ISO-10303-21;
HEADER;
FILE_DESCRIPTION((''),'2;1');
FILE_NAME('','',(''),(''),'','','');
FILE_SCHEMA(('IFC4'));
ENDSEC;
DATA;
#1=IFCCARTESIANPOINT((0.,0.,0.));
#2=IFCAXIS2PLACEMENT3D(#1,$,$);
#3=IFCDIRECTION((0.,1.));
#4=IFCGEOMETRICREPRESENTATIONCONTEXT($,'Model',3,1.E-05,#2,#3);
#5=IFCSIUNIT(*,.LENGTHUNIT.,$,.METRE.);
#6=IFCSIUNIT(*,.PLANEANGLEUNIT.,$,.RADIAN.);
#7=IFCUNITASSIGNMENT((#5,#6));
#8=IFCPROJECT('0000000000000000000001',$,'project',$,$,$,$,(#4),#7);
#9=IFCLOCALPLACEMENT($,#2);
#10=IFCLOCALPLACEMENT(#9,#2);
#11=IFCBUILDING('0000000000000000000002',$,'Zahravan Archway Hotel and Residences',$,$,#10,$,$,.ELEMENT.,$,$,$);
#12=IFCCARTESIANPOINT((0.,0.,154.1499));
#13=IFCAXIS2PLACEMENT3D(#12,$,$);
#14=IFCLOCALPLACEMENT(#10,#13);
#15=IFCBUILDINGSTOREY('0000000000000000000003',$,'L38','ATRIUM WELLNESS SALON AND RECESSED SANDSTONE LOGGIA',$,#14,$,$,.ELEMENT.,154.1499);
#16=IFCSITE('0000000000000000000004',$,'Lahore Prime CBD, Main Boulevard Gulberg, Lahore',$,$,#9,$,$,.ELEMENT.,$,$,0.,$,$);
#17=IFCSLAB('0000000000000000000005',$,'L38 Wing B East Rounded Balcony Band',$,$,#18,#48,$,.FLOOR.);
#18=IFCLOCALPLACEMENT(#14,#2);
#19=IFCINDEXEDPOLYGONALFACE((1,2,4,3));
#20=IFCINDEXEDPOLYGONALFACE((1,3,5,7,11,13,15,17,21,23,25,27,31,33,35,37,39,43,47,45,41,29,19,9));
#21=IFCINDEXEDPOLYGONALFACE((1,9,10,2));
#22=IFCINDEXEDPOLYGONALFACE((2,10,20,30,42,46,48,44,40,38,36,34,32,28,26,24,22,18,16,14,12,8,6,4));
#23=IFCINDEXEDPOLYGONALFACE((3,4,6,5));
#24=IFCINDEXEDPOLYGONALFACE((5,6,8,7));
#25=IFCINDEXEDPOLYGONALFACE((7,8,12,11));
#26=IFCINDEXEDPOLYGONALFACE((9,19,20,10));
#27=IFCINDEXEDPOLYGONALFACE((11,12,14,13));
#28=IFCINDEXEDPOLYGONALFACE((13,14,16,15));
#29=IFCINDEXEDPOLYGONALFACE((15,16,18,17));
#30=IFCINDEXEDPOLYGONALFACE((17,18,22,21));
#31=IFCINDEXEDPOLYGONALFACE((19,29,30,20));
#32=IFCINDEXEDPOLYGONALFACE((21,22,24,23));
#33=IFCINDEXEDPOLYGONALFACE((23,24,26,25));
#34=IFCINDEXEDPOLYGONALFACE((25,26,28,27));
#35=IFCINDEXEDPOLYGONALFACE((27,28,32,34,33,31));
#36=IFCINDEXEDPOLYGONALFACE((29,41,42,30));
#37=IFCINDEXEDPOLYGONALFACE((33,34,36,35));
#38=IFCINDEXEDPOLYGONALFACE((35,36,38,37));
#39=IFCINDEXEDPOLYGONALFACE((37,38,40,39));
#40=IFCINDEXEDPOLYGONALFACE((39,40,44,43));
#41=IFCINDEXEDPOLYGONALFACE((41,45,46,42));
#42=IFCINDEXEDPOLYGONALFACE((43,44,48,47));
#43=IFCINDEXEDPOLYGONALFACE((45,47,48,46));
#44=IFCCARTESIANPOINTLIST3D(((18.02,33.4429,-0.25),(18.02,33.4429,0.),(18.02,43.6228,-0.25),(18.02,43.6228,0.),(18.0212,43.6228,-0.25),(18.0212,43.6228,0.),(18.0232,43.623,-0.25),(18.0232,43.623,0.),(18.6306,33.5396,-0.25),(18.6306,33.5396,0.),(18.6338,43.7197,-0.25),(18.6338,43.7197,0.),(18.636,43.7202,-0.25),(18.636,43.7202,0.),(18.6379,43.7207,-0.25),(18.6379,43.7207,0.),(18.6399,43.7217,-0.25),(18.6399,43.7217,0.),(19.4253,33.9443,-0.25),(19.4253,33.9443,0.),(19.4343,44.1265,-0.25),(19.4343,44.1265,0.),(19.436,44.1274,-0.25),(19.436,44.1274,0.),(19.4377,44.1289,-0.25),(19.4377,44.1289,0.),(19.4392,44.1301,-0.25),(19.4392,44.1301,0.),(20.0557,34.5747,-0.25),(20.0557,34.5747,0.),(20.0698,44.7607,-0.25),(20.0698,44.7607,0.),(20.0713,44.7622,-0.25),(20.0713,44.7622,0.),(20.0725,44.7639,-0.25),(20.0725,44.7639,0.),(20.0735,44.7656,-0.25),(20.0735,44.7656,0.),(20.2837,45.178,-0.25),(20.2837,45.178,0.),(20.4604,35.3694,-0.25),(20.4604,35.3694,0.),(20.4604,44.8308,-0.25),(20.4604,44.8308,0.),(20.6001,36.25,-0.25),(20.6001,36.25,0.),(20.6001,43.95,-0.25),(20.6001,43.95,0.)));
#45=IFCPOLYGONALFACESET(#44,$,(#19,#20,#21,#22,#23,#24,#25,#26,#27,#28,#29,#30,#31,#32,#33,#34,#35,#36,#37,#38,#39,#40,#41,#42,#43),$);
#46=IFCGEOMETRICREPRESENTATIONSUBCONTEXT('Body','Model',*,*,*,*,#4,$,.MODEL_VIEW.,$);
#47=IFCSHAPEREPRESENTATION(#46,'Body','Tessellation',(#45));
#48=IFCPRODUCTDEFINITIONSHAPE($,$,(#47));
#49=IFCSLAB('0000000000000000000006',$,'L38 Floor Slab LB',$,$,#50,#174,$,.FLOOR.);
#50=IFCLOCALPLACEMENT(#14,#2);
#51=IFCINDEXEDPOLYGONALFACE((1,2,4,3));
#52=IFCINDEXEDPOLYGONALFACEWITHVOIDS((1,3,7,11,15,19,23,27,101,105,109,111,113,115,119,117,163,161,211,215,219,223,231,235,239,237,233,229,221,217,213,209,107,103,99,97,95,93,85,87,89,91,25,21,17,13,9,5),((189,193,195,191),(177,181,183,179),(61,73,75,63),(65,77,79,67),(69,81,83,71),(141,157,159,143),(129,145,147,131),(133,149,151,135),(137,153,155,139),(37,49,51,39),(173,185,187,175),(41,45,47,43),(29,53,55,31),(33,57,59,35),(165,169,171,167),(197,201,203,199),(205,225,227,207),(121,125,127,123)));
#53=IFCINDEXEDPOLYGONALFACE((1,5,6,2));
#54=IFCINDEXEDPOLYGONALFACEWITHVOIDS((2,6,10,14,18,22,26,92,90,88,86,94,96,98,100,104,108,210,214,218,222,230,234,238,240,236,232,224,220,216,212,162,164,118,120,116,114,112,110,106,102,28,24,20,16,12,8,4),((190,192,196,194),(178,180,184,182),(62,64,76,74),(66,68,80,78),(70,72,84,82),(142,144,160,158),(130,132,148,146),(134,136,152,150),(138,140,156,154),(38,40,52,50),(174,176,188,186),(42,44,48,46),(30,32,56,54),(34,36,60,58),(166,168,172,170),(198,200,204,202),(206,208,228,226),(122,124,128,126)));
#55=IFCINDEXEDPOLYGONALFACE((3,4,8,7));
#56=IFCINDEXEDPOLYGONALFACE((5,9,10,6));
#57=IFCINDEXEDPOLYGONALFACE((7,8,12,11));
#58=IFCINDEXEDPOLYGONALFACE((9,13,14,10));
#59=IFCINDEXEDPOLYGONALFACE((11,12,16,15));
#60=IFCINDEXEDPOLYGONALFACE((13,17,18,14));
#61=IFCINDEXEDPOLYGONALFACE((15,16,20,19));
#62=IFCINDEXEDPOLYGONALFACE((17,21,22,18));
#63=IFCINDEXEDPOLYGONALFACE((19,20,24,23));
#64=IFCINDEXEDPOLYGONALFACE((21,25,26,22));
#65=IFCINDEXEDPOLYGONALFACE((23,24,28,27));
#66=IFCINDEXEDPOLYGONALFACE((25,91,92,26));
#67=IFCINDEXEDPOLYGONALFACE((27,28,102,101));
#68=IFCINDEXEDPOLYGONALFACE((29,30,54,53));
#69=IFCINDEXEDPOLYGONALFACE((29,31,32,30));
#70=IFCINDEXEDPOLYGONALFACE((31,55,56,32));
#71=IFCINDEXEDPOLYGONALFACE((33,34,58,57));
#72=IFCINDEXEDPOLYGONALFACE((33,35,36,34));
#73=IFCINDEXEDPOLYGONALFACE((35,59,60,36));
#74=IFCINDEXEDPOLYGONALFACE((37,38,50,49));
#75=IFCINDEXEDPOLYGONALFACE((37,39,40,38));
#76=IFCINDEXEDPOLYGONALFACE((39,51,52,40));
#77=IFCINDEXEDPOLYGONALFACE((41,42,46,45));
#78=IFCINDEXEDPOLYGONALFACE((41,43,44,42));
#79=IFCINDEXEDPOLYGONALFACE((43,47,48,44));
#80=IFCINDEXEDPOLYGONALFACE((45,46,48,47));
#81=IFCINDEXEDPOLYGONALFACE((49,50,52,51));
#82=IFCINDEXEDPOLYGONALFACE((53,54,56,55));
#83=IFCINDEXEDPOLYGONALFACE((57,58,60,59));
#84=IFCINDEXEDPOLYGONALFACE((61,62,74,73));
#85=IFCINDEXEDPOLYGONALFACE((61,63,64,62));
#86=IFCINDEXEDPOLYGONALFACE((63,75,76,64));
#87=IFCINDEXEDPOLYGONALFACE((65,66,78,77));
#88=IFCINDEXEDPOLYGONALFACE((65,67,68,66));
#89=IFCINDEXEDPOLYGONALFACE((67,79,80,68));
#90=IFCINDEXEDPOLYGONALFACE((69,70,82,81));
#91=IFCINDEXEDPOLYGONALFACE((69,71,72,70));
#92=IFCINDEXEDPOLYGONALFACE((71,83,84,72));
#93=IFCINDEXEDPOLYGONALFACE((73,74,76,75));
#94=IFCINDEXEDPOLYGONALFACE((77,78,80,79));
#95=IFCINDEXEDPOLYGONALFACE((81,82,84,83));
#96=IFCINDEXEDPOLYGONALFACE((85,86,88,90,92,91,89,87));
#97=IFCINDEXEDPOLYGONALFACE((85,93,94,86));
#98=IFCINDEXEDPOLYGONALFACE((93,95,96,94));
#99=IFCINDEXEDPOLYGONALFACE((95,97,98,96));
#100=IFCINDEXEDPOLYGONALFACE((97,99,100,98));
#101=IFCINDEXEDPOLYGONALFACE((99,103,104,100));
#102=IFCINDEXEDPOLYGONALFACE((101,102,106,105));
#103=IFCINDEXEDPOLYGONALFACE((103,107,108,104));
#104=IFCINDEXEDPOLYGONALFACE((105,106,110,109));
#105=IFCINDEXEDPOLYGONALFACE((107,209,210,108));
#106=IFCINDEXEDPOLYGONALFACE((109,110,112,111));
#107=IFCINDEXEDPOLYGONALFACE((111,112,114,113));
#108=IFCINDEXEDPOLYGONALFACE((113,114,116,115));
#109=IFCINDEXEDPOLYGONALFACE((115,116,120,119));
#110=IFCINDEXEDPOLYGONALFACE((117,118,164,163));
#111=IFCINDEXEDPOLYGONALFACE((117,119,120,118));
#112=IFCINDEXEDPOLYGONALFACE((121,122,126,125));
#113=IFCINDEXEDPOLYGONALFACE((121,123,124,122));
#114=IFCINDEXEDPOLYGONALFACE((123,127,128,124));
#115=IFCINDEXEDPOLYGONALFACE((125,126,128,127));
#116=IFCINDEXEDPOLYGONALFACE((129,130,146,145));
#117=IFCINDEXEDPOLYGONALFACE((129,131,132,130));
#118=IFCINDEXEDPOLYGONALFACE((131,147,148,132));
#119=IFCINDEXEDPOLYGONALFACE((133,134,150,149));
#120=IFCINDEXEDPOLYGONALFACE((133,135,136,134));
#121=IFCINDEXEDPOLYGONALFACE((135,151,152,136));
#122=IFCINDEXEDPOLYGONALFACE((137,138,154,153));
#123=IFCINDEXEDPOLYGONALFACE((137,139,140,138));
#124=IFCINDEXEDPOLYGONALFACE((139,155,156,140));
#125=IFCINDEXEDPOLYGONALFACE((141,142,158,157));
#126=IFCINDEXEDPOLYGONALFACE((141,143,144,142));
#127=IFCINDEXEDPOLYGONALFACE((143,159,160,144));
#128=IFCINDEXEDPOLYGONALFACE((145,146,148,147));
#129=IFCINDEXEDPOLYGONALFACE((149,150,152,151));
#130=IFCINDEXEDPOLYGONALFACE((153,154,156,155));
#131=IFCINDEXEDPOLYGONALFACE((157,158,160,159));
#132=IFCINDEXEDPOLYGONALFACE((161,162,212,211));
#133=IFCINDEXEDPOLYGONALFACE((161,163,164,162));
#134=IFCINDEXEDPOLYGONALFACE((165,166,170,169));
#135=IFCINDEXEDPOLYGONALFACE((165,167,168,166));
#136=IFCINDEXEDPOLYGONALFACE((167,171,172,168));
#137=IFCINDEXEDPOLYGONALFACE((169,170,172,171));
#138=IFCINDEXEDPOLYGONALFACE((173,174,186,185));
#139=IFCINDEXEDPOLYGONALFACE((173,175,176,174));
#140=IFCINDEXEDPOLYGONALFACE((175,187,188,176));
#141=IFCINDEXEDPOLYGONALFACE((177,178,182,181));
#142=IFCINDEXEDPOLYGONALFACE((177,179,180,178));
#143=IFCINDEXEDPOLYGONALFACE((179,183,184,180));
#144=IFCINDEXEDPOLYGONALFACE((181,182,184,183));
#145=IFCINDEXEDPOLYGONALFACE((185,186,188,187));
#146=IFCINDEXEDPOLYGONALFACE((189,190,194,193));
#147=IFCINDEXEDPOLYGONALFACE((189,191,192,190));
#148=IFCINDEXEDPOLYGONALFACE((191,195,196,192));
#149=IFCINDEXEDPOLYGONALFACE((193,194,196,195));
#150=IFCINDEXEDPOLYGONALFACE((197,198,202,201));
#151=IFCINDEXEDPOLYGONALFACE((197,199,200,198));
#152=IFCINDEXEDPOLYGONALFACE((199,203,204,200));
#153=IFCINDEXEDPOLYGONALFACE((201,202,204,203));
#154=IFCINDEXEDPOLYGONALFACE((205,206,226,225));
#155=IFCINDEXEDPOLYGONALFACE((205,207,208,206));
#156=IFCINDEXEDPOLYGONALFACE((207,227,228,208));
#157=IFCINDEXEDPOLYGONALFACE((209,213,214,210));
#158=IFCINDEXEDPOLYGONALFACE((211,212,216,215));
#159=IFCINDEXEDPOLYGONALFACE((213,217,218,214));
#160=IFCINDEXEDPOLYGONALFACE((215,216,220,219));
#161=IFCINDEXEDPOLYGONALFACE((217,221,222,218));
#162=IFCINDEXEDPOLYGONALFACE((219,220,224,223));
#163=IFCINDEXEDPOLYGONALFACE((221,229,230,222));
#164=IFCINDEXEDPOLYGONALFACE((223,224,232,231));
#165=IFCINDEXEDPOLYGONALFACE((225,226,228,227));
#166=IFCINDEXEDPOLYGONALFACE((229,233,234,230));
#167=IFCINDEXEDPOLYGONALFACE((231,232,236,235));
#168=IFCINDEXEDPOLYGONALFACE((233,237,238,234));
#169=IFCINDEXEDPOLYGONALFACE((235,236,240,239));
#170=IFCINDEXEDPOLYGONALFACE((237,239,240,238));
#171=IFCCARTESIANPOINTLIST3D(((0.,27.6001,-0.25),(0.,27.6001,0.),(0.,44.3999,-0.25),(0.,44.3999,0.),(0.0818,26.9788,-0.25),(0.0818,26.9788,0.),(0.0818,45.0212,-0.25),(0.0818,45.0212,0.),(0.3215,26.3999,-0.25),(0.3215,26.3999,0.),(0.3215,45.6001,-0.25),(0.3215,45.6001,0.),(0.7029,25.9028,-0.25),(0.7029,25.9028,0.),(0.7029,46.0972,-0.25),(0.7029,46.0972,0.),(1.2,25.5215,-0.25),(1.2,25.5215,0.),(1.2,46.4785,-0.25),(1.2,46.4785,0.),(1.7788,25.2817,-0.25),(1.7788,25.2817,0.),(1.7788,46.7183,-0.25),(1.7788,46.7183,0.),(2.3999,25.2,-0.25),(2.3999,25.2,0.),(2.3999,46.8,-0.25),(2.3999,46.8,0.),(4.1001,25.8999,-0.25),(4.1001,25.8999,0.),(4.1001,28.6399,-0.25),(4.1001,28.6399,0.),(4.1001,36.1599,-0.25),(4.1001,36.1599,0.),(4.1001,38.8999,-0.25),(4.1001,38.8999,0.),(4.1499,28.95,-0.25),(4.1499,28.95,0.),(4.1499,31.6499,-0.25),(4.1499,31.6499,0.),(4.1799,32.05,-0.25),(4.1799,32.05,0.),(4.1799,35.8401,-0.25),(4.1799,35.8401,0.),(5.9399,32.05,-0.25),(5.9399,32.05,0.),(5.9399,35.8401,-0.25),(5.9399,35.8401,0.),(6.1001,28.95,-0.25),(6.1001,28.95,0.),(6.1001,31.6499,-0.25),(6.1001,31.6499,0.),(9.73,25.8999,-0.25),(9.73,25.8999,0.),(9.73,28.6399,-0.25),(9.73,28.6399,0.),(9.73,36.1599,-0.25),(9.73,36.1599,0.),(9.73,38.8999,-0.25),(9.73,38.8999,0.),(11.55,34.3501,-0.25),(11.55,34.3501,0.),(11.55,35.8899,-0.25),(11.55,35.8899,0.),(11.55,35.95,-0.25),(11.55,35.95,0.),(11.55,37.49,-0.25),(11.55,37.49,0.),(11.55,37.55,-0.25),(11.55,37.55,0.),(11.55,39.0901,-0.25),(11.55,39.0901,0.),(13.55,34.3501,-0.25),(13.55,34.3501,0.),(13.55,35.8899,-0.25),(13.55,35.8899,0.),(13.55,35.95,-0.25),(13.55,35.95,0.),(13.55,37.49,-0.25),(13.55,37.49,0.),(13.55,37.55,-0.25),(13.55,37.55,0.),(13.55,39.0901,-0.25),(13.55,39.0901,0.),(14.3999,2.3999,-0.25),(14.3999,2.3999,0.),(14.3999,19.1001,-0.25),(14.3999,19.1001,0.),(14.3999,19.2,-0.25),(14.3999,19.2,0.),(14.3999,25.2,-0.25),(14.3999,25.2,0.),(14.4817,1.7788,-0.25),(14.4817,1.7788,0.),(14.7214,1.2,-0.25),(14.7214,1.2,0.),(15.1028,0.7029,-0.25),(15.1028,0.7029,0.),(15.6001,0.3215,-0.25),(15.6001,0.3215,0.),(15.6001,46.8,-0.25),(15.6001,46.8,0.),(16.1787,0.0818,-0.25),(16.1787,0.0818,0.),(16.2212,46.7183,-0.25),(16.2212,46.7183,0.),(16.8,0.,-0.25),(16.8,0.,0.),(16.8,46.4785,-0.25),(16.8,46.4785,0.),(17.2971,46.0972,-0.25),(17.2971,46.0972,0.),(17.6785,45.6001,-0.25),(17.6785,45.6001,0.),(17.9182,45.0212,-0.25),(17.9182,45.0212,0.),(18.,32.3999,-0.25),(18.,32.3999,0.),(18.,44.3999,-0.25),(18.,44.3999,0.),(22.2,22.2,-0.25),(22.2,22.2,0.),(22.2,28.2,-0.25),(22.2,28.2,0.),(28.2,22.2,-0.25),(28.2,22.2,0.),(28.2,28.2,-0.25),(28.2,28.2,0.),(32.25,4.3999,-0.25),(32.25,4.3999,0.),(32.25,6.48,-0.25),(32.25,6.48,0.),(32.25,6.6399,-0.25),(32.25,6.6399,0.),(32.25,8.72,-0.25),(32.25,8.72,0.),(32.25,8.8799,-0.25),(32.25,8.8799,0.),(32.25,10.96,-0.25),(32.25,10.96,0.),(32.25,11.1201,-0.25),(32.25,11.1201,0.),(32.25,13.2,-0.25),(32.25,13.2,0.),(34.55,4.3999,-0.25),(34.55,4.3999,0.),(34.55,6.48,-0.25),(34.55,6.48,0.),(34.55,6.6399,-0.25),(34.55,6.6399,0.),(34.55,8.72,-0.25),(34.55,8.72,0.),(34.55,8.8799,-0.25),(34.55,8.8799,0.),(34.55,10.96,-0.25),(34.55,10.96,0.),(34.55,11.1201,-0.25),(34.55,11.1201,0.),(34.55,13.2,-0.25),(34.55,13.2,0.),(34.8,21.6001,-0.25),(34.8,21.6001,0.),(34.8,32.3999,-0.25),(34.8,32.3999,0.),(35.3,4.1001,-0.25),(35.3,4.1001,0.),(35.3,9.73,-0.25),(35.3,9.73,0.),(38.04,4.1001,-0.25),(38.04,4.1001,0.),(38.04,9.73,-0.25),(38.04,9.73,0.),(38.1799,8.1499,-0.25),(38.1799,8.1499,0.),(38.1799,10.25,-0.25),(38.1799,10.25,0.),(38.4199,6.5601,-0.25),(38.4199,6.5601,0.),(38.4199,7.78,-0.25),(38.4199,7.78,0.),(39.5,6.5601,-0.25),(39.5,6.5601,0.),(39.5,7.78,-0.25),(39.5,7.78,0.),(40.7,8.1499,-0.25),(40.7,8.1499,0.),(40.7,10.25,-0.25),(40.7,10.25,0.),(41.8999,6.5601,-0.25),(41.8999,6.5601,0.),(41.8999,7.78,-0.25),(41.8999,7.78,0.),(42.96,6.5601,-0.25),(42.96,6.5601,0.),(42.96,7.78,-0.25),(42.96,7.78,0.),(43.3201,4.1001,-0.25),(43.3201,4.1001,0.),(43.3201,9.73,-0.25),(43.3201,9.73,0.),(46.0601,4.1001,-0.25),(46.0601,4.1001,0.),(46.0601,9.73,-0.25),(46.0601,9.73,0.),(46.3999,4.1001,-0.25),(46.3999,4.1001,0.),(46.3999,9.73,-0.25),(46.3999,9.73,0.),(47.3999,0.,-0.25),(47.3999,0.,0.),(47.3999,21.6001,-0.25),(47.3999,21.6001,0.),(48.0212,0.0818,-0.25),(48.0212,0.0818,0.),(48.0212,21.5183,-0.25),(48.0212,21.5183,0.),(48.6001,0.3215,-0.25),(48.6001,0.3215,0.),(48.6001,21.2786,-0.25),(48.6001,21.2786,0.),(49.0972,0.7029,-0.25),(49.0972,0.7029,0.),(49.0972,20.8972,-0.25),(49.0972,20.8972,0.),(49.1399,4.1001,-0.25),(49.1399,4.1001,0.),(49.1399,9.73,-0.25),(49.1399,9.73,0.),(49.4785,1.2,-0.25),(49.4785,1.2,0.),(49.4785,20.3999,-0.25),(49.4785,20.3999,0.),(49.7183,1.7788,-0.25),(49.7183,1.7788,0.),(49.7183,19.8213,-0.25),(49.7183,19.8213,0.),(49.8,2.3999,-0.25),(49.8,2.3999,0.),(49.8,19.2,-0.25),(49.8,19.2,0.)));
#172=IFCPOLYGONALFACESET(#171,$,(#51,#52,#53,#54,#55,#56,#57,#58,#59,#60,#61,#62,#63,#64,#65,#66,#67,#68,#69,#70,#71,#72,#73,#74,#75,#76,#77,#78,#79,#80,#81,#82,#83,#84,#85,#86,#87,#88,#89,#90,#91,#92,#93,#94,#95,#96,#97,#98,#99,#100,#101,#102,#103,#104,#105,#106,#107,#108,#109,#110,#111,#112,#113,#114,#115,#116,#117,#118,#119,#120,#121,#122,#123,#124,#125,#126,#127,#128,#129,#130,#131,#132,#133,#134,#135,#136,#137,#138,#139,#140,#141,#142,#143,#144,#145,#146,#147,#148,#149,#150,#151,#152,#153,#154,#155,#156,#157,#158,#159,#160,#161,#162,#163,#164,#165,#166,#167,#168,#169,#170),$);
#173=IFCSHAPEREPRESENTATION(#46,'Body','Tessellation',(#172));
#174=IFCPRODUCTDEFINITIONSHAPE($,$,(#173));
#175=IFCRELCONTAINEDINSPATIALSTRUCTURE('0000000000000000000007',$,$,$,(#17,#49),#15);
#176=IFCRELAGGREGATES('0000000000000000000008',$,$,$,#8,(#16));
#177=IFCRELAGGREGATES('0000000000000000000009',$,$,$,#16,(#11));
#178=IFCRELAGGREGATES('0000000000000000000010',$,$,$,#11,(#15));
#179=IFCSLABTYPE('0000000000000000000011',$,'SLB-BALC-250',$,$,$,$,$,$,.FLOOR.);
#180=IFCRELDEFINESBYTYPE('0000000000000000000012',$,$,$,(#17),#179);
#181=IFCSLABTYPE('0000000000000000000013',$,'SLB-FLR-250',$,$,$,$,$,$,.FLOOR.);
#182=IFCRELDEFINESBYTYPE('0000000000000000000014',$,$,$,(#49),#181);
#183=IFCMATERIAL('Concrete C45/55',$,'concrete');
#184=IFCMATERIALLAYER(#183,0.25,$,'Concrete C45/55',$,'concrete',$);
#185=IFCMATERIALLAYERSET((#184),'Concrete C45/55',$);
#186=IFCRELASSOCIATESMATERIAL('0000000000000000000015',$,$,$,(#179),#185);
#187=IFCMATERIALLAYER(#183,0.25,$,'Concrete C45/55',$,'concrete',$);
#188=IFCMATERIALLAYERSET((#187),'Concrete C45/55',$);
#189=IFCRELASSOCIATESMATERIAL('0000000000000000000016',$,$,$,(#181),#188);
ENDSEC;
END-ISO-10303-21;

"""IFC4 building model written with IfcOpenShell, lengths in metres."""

from ifc_helpers import new_model, si_unit, direction, frame, origin, place, context, subcontext, project, spatial, polyline, outline, extrude, material, layer, layer_set, type_object, element, save


model = new_model("IFC4")

# Units and contexts
model_context = context("Model", 3, precision=1e-05, world=origin(), true_north=direction((0.0, 1.0)))
body_context = subcontext(model_context, "Body", "Model", "MODEL_VIEW")
ifc_project = project(units=[si_unit("LENGTHUNIT", "METRE"), si_unit("PLANEANGLEUNIT", "RADIAN")], contexts=[model_context])

# Site, building, storey
site_placement = place(None, origin())
site = spatial("IfcSite", under=ifc_project, at=site_placement, Name="Lahore Prime CBD, Main Boulevard Gulberg, Lahore", CompositionType="ELEMENT", RefElevation=0.0)
building_placement = place(site_placement, origin())
building = spatial("IfcBuilding", under=site, at=building_placement, Name="Zahravan Archway Hotel and Residences", CompositionType="ELEMENT")
storey_placement = place(building_placement, frame((0.0, 0.0, 154.1499)))
storey = spatial("IfcBuildingStorey", under=building, at=storey_placement, Name="L38", Description="ATRIUM WELLNESS SALON AND RECESSED SANDSTONE LOGGIA", CompositionType="ELEMENT", Elevation=154.1499)

# Slabs
ifc_material_1 = material(Name="Concrete C45/55", Category="concrete")
ifc_layer_1 = layer(ifc_material_1, 0.25, Name="Concrete C45/55", Category="concrete")
ifc_layer_set_1 = layer_set([ifc_layer_1], Name="Concrete C45/55")
slab_type_1 = type_object("IfcSlabType", Name="SLB-BALC-250", PredefinedType="FLOOR", material=ifc_layer_set_1)
slab_1_placement = place(storey_placement, frame((0.0, 0.0, -0.25)))
element("IfcSlab", 1, at=slab_1_placement, inside=storey, type_object=slab_type_1, Name="L38 Wing B East Rounded Balcony Band", PredefinedType="FLOOR", context=body_context, shape_type="SweptSolid", body=[
    extrude(outline(polyline([(20.4604, 44.8308), (20.6001, 43.95), (20.6001, 36.25), (20.4604, 35.3694), (20.0557, 34.5747), (19.4253, 33.9443), (18.6306, 33.5396), (18.02, 33.4429), (18.02, 43.6228), (18.0212, 43.6228), (18.0232, 43.623), (18.6338, 43.7197), (18.636, 43.7202), (18.6379, 43.7207), (18.6399, 43.7217), (19.4343, 44.1265), (19.436, 44.1274), (19.4377, 44.1289), (19.4392, 44.1301), (20.0698, 44.7607), (20.0713, 44.7622), (20.0725, 44.7639), (20.0735, 44.7656), (20.2837, 45.178), (20.4604, 44.8308)])), origin(), (0.0, 0.0, 1.0), 0.25),
])
ifc_layer_2 = layer(ifc_material_1, 0.25, Name="Concrete C45/55", Category="concrete")
ifc_layer_set_2 = layer_set([ifc_layer_2], Name="Concrete C45/55")
slab_type_2 = type_object("IfcSlabType", Name="SLB-FLR-250", PredefinedType="FLOOR", material=ifc_layer_set_2)
slab_2_placement = place(storey_placement, frame((0.0, 0.0, -0.25)))
element("IfcSlab", 2, at=slab_2_placement, inside=storey, type_object=slab_type_2, Name="L38 Floor Slab LB", PredefinedType="FLOOR", context=body_context, shape_type="SweptSolid", body=[
    extrude(outline(polyline([(34.8, 21.6001), (34.8, 32.3999), (18.0, 32.3999), (18.0, 44.3999), (17.9182, 45.0212), (17.6785, 45.6001), (17.2971, 46.0972), (16.8, 46.4785), (16.2212, 46.7183), (15.6001, 46.8), (2.3999, 46.8), (1.7788, 46.7183), (1.2, 46.4785), (0.7029, 46.0972), (0.3215, 45.6001), (0.0818, 45.0212), (0.0, 44.3999), (0.0, 27.6001), (0.0818, 26.9788), (0.3215, 26.3999), (0.7029, 25.9028), (1.2, 25.5215), (1.7788, 25.2817), (2.3999, 25.2), (14.3999, 25.2), (14.3999, 19.2), (14.3999, 19.1001), (14.3999, 2.3999), (14.4817, 1.7788), (14.7214, 1.2), (15.1028, 0.7029), (15.6001, 0.3215), (16.1787, 0.0818), (16.8, 0.0), (47.3999, 0.0), (48.0212, 0.0818), (48.6001, 0.3215), (49.0972, 0.7029), (49.4785, 1.2), (49.7183, 1.7788), (49.8, 2.3999), (49.8, 19.2), (49.7183, 19.8213), (49.4785, 20.3999), (49.0972, 20.8972), (48.6001, 21.2786), (48.0212, 21.5183), (47.3999, 21.6001), (34.8, 21.6001)]), holes=[polyline([(35.3, 9.73), (35.3, 4.1001), (38.04, 4.1001), (38.04, 9.73), (35.3, 9.73)]), polyline([(43.3201, 9.73), (43.3201, 4.1001), (46.0601, 4.1001), (46.0601, 9.73), (43.3201, 9.73)]), polyline([(46.3999, 9.73), (46.3999, 4.1001), (49.1399, 4.1001), (49.1399, 9.73), (46.3999, 9.73)]), polyline([(9.73, 28.6399), (4.1001, 28.6399), (4.1001, 25.8999), (9.73, 25.8999), (9.73, 28.6399)]), polyline([(9.73, 38.8999), (4.1001, 38.8999), (4.1001, 36.1599), (9.73, 36.1599), (9.73, 38.8999)]), polyline([(38.1799, 8.1499), (40.7, 8.1499), (40.7, 10.25), (38.1799, 10.25), (38.1799, 8.1499)]), polyline([(4.1499, 28.95), (6.1001, 28.95), (6.1001, 31.6499), (4.1499, 31.6499), (4.1499, 28.95)]), polyline([(11.55, 34.3501), (13.55, 34.3501), (13.55, 35.8899), (11.55, 35.8899), (11.55, 34.3501)]), polyline([(11.55, 35.95), (13.55, 35.95), (13.55, 37.49), (11.55, 37.49), (11.55, 35.95)]), polyline([(11.55, 37.55), (13.55, 37.55), (13.55, 39.0901), (11.55, 39.0901), (11.55, 37.55)]), polyline([(32.25, 4.3999), (34.55, 4.3999), (34.55, 6.48), (32.25, 6.48), (32.25, 4.3999)]), polyline([(32.25, 6.6399), (34.55, 6.6399), (34.55, 8.72), (32.25, 8.72), (32.25, 6.6399)]), polyline([(32.25, 8.8799), (34.55, 8.8799), (34.55, 10.96), (32.25, 10.96), (32.25, 8.8799)]), polyline([(32.25, 11.1201), (34.55, 11.1201), (34.55, 13.2), (32.25, 13.2), (32.25, 11.1201)]), polyline([(22.2, 22.2), (28.2, 22.2), (28.2, 28.2), (22.2, 28.2), (22.2, 22.2)]), polyline([(38.4199, 6.5601), (39.5, 6.5601), (39.5, 7.78), (38.4199, 7.78), (38.4199, 6.5601)]), polyline([(41.8999, 6.5601), (42.96, 6.5601), (42.96, 7.78), (41.8999, 7.78), (41.8999, 6.5601)]), polyline([(4.1799, 32.05), (5.9399, 32.05), (5.9399, 35.8401), (4.1799, 35.8401), (4.1799, 32.05)])]), origin(), (0.0, 0.0, 1.0), 0.25),
])

save(model, "model.ifc")
